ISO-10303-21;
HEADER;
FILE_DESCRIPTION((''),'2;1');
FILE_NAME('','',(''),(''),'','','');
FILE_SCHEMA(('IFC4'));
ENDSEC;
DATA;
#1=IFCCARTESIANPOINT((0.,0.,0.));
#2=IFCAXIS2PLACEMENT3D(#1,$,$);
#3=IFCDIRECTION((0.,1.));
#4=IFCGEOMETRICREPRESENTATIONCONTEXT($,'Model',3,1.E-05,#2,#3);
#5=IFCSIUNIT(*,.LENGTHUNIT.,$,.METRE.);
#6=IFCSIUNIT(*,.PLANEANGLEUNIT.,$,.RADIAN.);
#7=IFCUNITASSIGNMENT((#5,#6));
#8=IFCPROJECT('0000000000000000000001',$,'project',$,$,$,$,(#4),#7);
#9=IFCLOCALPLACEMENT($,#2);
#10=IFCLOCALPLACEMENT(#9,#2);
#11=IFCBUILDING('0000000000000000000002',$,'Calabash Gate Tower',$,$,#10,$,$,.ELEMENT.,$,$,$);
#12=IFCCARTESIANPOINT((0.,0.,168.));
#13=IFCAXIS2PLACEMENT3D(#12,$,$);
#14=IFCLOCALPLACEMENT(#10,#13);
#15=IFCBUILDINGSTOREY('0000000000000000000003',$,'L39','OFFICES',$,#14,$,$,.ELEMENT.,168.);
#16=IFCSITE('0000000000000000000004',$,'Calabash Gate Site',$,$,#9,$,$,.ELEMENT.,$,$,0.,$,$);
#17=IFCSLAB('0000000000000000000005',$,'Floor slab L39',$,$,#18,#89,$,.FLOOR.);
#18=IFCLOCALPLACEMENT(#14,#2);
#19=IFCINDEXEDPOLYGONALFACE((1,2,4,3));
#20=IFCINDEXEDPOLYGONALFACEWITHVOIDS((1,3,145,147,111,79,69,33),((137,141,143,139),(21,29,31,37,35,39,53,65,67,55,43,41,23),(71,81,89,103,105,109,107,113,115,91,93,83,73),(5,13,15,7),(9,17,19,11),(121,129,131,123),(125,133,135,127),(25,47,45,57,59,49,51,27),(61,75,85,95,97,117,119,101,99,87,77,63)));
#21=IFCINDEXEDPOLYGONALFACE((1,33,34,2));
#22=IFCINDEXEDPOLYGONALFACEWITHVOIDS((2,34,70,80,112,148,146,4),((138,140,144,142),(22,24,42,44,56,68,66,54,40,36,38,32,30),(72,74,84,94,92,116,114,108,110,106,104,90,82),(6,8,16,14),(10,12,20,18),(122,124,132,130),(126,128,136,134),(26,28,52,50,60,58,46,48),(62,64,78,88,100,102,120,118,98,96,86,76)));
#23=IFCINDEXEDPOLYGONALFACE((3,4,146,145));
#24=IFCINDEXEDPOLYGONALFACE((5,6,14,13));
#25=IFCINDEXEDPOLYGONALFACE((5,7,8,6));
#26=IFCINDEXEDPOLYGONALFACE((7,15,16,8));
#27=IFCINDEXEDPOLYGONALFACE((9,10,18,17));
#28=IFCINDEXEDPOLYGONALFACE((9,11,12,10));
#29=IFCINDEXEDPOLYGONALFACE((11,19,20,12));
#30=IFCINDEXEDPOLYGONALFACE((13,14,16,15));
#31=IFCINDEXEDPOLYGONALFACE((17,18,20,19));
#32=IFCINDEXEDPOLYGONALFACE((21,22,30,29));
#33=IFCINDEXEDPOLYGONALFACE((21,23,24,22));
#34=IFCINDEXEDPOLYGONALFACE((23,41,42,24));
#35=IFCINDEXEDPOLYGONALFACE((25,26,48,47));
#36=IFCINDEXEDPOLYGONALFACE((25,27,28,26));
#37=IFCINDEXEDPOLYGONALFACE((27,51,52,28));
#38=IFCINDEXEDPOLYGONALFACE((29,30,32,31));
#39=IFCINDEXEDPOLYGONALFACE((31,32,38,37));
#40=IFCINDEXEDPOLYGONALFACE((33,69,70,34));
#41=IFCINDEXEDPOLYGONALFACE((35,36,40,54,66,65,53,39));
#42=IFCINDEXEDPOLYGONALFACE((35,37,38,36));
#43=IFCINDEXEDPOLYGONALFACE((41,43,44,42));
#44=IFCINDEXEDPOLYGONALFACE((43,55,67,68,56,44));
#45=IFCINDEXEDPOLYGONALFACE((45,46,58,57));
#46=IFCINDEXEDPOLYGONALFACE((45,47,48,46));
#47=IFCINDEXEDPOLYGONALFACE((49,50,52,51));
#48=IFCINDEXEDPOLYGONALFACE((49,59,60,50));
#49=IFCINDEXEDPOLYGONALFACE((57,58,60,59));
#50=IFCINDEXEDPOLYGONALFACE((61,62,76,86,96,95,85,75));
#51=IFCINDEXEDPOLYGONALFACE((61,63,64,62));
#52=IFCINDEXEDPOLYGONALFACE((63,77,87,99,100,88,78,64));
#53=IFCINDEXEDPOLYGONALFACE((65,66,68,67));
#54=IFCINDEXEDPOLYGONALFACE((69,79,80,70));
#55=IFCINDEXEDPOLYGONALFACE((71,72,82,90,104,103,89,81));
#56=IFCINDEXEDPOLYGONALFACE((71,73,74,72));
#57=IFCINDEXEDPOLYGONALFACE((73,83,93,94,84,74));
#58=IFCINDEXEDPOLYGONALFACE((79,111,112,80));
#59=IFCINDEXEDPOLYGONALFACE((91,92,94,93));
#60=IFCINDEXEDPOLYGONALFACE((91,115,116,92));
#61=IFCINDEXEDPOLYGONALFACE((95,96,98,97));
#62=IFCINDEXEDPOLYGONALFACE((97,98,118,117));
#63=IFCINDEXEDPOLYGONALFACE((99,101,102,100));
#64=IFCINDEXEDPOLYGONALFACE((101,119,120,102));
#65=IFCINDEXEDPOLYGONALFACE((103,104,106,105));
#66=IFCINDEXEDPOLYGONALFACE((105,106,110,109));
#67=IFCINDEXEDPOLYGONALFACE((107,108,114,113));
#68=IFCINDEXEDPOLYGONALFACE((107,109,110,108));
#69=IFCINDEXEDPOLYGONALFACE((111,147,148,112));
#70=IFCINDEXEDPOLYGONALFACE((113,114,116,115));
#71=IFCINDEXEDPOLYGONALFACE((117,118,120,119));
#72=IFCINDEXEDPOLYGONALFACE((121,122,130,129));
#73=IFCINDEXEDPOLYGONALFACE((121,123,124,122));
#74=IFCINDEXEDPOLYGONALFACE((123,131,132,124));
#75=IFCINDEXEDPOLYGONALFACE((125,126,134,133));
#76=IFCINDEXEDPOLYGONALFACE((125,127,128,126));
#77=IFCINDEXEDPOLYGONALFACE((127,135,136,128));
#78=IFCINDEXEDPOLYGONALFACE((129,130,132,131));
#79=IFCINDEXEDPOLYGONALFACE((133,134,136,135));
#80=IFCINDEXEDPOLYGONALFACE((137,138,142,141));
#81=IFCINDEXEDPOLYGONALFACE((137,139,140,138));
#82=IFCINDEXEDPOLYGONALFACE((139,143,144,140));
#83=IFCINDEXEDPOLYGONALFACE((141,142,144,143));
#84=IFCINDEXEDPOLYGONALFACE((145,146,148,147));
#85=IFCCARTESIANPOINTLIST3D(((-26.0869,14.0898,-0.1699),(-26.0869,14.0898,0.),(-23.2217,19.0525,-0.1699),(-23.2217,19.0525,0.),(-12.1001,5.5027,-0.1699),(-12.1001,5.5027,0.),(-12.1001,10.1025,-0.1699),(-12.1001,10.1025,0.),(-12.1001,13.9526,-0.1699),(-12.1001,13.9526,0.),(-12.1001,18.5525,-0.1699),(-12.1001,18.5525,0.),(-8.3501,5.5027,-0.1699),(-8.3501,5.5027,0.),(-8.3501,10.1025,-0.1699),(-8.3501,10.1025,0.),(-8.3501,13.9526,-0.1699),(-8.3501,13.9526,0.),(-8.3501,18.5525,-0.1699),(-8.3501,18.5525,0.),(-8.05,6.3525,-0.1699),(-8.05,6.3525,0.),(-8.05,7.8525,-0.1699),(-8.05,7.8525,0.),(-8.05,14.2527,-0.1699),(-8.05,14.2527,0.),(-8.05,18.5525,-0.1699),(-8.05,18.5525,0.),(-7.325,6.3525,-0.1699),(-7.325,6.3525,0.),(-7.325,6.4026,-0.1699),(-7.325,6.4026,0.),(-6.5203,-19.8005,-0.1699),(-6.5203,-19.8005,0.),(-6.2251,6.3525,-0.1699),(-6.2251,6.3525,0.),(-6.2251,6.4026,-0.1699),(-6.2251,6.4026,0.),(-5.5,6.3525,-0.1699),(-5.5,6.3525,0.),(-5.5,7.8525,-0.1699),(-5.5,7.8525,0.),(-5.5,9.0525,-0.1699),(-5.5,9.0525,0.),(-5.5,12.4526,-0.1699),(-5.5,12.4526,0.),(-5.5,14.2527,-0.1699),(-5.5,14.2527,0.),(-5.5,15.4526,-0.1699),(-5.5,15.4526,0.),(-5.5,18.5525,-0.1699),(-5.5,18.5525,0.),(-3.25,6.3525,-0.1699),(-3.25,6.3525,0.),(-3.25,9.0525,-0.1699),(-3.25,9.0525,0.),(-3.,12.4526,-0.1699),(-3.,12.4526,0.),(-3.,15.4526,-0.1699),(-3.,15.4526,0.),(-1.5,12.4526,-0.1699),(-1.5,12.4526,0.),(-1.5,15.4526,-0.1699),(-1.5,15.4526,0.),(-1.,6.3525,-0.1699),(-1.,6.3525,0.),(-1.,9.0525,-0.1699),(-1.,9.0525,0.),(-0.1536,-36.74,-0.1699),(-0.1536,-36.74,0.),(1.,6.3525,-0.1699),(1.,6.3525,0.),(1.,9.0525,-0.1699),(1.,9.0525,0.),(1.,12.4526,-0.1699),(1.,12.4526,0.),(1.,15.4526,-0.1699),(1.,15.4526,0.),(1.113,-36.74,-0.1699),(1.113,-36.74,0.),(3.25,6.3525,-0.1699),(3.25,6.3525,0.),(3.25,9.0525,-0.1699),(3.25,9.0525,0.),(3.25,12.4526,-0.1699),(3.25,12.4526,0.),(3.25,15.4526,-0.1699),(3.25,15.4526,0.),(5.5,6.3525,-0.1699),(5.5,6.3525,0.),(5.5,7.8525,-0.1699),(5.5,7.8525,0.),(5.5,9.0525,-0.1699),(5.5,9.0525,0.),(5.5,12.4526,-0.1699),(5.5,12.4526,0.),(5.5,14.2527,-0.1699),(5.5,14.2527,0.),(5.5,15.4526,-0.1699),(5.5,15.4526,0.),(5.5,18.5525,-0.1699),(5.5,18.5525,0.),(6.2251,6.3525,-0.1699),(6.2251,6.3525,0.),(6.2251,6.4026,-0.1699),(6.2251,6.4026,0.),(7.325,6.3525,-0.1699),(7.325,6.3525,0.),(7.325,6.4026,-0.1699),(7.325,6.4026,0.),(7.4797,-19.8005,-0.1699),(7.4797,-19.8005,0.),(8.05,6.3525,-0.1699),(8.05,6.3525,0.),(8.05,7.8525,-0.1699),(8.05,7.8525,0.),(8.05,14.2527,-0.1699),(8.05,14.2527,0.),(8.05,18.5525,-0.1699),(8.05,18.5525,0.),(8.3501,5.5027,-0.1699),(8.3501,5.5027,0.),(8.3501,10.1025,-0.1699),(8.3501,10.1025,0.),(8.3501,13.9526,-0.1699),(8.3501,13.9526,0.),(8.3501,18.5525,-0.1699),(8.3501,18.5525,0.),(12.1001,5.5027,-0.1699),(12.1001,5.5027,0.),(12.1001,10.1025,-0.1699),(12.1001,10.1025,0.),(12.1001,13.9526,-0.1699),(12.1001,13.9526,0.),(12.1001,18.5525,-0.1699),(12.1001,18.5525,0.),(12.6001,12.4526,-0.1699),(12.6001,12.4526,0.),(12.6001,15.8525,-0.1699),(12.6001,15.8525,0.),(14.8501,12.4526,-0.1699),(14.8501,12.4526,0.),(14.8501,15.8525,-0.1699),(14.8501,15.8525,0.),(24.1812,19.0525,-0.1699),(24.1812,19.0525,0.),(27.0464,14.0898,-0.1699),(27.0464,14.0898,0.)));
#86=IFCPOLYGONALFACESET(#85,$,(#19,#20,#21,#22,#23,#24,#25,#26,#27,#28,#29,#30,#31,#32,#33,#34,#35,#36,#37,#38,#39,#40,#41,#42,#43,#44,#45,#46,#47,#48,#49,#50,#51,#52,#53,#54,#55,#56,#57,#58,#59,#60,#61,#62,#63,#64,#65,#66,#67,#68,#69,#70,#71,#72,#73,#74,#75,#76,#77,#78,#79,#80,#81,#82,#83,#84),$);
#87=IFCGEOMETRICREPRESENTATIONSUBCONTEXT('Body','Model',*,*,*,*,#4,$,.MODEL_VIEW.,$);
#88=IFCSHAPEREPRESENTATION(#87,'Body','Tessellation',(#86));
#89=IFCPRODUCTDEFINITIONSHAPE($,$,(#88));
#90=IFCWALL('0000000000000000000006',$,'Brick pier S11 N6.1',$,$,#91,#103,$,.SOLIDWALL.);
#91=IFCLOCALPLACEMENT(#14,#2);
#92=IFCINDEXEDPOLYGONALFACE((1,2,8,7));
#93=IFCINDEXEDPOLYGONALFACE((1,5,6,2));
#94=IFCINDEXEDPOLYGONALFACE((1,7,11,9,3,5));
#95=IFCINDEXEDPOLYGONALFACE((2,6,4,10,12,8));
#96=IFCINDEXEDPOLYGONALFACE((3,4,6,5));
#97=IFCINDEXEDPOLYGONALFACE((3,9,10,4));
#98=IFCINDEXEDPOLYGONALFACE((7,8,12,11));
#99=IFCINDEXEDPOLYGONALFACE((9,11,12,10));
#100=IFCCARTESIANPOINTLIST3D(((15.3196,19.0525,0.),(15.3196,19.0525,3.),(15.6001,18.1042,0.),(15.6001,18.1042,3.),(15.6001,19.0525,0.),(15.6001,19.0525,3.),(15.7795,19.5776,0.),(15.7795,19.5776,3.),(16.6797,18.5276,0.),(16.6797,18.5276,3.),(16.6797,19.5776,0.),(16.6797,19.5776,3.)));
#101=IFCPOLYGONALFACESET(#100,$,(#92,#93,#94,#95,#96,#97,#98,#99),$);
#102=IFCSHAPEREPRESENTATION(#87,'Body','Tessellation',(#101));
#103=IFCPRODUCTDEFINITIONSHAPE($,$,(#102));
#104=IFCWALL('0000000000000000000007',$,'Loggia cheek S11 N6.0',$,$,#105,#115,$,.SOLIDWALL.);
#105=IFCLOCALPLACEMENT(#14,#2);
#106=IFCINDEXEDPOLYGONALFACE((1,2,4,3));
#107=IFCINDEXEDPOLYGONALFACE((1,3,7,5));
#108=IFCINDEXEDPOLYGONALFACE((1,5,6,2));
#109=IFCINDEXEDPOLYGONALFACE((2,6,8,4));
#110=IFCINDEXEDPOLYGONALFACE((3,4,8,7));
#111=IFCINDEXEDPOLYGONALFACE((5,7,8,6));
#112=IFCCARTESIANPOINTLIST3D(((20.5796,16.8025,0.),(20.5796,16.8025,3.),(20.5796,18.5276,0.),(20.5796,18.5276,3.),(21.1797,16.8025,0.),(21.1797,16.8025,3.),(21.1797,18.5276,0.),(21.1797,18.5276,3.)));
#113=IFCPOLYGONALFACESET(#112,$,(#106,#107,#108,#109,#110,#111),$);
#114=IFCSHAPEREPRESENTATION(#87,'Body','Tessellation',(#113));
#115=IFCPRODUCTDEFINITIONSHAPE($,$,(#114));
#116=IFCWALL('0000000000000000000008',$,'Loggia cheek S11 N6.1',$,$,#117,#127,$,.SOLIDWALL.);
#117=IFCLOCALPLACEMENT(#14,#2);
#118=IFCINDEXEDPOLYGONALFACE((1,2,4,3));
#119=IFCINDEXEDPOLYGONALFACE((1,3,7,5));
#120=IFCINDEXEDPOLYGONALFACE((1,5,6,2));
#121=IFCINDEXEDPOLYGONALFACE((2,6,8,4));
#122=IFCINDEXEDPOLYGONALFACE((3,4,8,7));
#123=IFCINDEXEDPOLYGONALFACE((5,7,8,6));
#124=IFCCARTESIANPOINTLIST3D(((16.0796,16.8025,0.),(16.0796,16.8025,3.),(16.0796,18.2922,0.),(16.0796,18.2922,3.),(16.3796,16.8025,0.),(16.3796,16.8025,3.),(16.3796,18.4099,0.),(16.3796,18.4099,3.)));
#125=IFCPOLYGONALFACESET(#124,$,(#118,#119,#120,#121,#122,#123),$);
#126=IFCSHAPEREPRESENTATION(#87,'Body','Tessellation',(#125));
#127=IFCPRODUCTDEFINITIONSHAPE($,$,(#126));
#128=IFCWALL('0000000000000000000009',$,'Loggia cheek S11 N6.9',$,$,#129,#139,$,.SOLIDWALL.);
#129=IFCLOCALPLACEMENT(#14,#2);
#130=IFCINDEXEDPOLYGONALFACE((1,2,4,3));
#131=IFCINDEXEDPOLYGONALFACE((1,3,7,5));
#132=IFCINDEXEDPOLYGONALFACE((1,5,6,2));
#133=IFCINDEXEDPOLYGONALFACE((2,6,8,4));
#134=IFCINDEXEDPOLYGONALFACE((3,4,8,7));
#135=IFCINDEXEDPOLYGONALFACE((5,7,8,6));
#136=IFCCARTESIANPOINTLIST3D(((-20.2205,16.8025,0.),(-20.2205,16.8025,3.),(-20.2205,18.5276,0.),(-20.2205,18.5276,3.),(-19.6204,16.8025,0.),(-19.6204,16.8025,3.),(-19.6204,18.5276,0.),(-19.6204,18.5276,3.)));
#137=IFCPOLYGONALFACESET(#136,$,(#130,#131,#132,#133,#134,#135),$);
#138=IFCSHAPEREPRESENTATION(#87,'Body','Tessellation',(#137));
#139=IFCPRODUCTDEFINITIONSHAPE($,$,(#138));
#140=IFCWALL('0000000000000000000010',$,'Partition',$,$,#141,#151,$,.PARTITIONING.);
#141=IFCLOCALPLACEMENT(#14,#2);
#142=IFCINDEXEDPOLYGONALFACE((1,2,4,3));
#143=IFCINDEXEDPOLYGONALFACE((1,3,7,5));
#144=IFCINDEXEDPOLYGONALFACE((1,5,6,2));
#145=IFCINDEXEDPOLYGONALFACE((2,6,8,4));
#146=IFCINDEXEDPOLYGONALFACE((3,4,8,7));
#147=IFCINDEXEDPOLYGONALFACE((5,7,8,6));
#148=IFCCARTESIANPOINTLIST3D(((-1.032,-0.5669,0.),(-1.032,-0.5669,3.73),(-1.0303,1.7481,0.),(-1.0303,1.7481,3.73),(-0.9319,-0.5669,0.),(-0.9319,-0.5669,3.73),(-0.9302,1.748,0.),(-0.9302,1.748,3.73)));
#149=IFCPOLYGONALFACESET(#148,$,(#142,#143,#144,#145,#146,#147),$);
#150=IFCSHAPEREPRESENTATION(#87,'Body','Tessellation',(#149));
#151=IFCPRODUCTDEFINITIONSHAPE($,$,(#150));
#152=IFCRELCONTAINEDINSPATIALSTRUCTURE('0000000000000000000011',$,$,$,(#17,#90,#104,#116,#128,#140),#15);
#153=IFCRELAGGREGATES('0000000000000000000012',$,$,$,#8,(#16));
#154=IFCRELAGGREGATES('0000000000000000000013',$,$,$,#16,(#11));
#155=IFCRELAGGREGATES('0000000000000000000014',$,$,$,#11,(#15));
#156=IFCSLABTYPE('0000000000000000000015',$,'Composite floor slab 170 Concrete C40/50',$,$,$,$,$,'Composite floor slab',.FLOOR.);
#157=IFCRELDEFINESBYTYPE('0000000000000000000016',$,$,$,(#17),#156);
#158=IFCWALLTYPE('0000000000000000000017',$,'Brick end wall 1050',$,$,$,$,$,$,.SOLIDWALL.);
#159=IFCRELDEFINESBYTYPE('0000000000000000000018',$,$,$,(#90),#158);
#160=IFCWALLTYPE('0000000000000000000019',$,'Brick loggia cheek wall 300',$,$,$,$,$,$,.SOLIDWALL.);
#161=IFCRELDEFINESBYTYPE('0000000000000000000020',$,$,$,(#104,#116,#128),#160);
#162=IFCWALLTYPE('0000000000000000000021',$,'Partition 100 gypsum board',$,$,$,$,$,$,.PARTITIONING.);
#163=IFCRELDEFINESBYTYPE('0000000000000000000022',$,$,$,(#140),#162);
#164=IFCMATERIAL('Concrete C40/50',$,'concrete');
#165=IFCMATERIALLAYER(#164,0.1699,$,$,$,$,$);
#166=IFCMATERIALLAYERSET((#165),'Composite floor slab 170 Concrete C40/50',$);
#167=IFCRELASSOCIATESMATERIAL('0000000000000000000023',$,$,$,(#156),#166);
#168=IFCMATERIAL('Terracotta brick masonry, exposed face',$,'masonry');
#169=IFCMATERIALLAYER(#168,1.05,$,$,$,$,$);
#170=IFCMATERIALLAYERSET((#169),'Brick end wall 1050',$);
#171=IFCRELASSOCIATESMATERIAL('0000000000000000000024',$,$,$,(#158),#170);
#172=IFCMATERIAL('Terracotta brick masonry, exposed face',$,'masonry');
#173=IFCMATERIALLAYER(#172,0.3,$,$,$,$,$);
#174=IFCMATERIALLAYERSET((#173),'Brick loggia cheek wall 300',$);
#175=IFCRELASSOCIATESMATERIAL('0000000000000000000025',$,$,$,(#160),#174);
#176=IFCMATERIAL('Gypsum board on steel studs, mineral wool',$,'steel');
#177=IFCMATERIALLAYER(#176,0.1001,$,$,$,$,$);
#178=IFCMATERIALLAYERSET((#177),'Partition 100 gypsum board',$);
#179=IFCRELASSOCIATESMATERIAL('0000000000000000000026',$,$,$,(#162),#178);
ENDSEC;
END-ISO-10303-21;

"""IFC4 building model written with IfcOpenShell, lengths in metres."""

from ifc_helpers import new_model, si_unit, direction, frame, frame_2d, origin, place, context, subcontext, project, spatial, polyline, rectangle, outline, extrude, material, layer, layer_set, type_object, element, save


model = new_model("IFC4")

# Units and contexts
model_context = context("Model", 3, precision=1e-05, world=origin(), true_north=direction((0.0, 1.0)))
body_context = subcontext(model_context, "Body", "Model", "MODEL_VIEW")
ifc_project = project(units=[si_unit("LENGTHUNIT", "METRE"), si_unit("PLANEANGLEUNIT", "RADIAN")], contexts=[model_context])

# Site, building, storey
site_placement = place(None, origin())
site = spatial("IfcSite", under=ifc_project, at=site_placement, Name="Calabash Gate Site", CompositionType="ELEMENT", RefElevation=0.0)
building_placement = place(site_placement, origin())
building = spatial("IfcBuilding", under=site, at=building_placement, Name="Calabash Gate Tower", CompositionType="ELEMENT")
storey_placement = place(building_placement, frame((0.0, 0.0, 168.0)))
storey = spatial("IfcBuildingStorey", under=building, at=storey_placement, Name="L39", Description="OFFICES", CompositionType="ELEMENT", Elevation=168.0)

# Slab
ifc_material_1 = material(Name="Concrete C40/50", Category="concrete")
ifc_layer_1 = layer(ifc_material_1, 0.1699)
ifc_layer_set_1 = layer_set([ifc_layer_1], Name="Composite floor slab 170 Concrete C40/50")
slab_type = type_object("IfcSlabType", Name="Composite floor slab 170 Concrete C40/50", ElementType="Composite floor slab", PredefinedType="FLOOR", material=ifc_layer_set_1)
slab_placement = place(storey_placement, frame((0.0, 0.0, -0.1699)))
element("IfcSlab", 1, at=slab_placement, inside=storey, type_object=slab_type, Name="Floor slab L39", PredefinedType="FLOOR", context=body_context, shape_type="SweptSolid", body=[
    extrude(outline(polyline([(-23.2217, 19.0525), (24.1812, 19.0525), (27.0464, 14.0898), (7.4797, -19.8005), (1.113, -36.74), (-0.1536, -36.74), (-6.5203, -19.8005), (-26.0869, 14.0898), (-23.2217, 19.0525)]), holes=[polyline([(-3.25, 9.0525), (-5.5, 9.0525), (-5.5, 7.8525), (-8.05, 7.8525), (-8.05, 6.3525), (-7.325, 6.3525), (-7.325, 6.4026), (-6.2251, 6.4026), (-6.2251, 6.3525), (-5.5, 6.3525), (-3.25, 6.3525), (-1.0, 6.3525), (-1.0, 9.0525), (-3.25, 9.0525)]), polyline([(5.5, 6.3525), (6.2251, 6.3525), (6.2251, 6.4026), (7.325, 6.4026), (7.325, 6.3525), (8.05, 6.3525), (8.05, 7.8525), (5.5, 7.8525), (5.5, 9.0525), (3.25, 9.0525), (1.0, 9.0525), (1.0, 6.3525), (3.25, 6.3525), (5.5, 6.3525)]), polyline([(-5.5, 12.4526), (-3.0, 12.4526), (-3.0, 15.4526), (-5.5, 15.4526), (-5.5, 18.5525), (-8.05, 18.5525), (-8.05, 14.2527), (-5.5, 14.2527), (-5.5, 12.4526)]), polyline([(-1.5, 15.4526), (-1.5, 12.4526), (1.0, 12.4526), (3.25, 12.4526), (5.5, 12.4526), (5.5, 14.2527), (8.05, 14.2527), (8.05, 18.5525), (5.5, 18.5525), (5.5, 15.4526), (3.25, 15.4526), (1.0, 15.4526), (-1.5, 15.4526)]), polyline([(14.8501, 15.8525), (12.6001, 15.8525), (12.6001, 12.4526), (14.8501, 12.4526), (14.8501, 15.8525)]), polyline([(-8.3501, 18.5525), (-12.1001, 18.5525), (-12.1001, 13.9526), (-8.3501, 13.9526), (-8.3501, 18.5525)]), polyline([(-12.1001, 10.1025), (-12.1001, 5.5027), (-8.3501, 5.5027), (-8.3501, 10.1025), (-12.1001, 10.1025)]), polyline([(8.3501, 13.9526), (12.1001, 13.9526), (12.1001, 18.5525), (8.3501, 18.5525), (8.3501, 13.9526)]), polyline([(12.1001, 5.5027), (12.1001, 10.1025), (8.3501, 10.1025), (8.3501, 5.5027), (12.1001, 5.5027)])]), origin(), (0.0, 0.0, 1.0), 0.1699),
])

# Walls
ifc_material_2 = material(Name="Terracotta brick masonry, exposed face", Category="masonry")
ifc_layer_2 = layer(ifc_material_2, 1.05)
ifc_layer_set_2 = layer_set([ifc_layer_2], Name="Brick end wall 1050")
wall_type_1 = type_object("IfcWallType", Name="Brick end wall 1050", PredefinedType="SOLIDWALL", material=ifc_layer_set_2)
wall_1_placement = place(storey_placement, origin())
element("IfcWall", 2, at=wall_1_placement, inside=storey, type_object=wall_type_1, Name="Brick pier S11 N6.1", PredefinedType="SOLIDWALL", context=body_context, shape_type="SweptSolid", body=[
    extrude(outline(polyline([(15.6001, 18.1042), (16.6797, 18.5276), (16.6797, 19.5776), (15.7795, 19.5776), (15.3196, 19.0525), (15.6001, 19.0525), (15.6001, 18.1042)])), origin(), (0.0, 0.0, 1.0), 3.0),
])
ifc_material_3 = material(Name="Terracotta brick masonry, exposed face", Category="masonry")
ifc_layer_3 = layer(ifc_material_3, 0.3)
ifc_layer_set_3 = layer_set([ifc_layer_3], Name="Brick loggia cheek wall 300")
wall_type_2 = type_object("IfcWallType", Name="Brick loggia cheek wall 300", PredefinedType="SOLIDWALL", material=ifc_layer_set_3)
wall_2_placement = place(storey_placement, origin())
element("IfcWall", 3, at=wall_2_placement, inside=storey, type_object=wall_type_2, Name="Loggia cheek S11 N6.0", PredefinedType="SOLIDWALL", context=body_context, shape_type="SweptSolid", body=[
    extrude(outline(polyline([(21.1797, 16.8025), (21.1797, 18.5276), (20.5796, 18.5276), (20.5796, 16.8025), (21.1797, 16.8025)])), origin(), (0.0, 0.0, 1.0), 3.0),
])
wall_3_placement = place(storey_placement, origin())
element("IfcWall", 4, at=wall_3_placement, inside=storey, type_object=wall_type_2, Name="Loggia cheek S11 N6.1", PredefinedType="SOLIDWALL", context=body_context, shape_type="SweptSolid", body=[
    extrude(outline(polyline([(16.0796, 18.2922), (16.0796, 16.8025), (16.3796, 16.8025), (16.3796, 18.4099), (16.0796, 18.2922)])), origin(), (0.0, 0.0, 1.0), 3.0),
])
wall_4_placement = place(storey_placement, origin())
element("IfcWall", 5, at=wall_4_placement, inside=storey, type_object=wall_type_2, Name="Loggia cheek S11 N6.9", PredefinedType="SOLIDWALL", context=body_context, shape_type="SweptSolid", body=[
    extrude(outline(polyline([(-20.2205, 18.5276), (-20.2205, 16.8025), (-19.6204, 16.8025), (-19.6204, 18.5276), (-20.2205, 18.5276)])), origin(), (0.0, 0.0, 1.0), 3.0),
])
ifc_material_4 = material(Name="Gypsum board on steel studs, mineral wool", Category="steel")
ifc_layer_4 = layer(ifc_material_4, 0.1001)
ifc_layer_set_4 = layer_set([ifc_layer_4], Name="Partition 100 gypsum board")
wall_type_3 = type_object("IfcWallType", Name="Partition 100 gypsum board", PredefinedType="PARTITIONING", material=ifc_layer_set_4)
wall_5_placement = place(storey_placement, frame((-0.9819, -0.5669, 0.0), z_axis=(0.0, 0.0, 1.0), x_axis=(0.000738, 1.0, 0.0)))
element("IfcWall", 6, at=wall_5_placement, inside=storey, type_object=wall_type_3, Name="Partition", PredefinedType="PARTITIONING", context=body_context, shape_type="SweptSolid", body=[
    extrude(rectangle(XDim=2.3149, YDim=0.1001, at=frame_2d((1.1575, 0.0))), origin(), (0.0, 0.0, 1.0), 3.73),
])

save(model, "model.ifc")
